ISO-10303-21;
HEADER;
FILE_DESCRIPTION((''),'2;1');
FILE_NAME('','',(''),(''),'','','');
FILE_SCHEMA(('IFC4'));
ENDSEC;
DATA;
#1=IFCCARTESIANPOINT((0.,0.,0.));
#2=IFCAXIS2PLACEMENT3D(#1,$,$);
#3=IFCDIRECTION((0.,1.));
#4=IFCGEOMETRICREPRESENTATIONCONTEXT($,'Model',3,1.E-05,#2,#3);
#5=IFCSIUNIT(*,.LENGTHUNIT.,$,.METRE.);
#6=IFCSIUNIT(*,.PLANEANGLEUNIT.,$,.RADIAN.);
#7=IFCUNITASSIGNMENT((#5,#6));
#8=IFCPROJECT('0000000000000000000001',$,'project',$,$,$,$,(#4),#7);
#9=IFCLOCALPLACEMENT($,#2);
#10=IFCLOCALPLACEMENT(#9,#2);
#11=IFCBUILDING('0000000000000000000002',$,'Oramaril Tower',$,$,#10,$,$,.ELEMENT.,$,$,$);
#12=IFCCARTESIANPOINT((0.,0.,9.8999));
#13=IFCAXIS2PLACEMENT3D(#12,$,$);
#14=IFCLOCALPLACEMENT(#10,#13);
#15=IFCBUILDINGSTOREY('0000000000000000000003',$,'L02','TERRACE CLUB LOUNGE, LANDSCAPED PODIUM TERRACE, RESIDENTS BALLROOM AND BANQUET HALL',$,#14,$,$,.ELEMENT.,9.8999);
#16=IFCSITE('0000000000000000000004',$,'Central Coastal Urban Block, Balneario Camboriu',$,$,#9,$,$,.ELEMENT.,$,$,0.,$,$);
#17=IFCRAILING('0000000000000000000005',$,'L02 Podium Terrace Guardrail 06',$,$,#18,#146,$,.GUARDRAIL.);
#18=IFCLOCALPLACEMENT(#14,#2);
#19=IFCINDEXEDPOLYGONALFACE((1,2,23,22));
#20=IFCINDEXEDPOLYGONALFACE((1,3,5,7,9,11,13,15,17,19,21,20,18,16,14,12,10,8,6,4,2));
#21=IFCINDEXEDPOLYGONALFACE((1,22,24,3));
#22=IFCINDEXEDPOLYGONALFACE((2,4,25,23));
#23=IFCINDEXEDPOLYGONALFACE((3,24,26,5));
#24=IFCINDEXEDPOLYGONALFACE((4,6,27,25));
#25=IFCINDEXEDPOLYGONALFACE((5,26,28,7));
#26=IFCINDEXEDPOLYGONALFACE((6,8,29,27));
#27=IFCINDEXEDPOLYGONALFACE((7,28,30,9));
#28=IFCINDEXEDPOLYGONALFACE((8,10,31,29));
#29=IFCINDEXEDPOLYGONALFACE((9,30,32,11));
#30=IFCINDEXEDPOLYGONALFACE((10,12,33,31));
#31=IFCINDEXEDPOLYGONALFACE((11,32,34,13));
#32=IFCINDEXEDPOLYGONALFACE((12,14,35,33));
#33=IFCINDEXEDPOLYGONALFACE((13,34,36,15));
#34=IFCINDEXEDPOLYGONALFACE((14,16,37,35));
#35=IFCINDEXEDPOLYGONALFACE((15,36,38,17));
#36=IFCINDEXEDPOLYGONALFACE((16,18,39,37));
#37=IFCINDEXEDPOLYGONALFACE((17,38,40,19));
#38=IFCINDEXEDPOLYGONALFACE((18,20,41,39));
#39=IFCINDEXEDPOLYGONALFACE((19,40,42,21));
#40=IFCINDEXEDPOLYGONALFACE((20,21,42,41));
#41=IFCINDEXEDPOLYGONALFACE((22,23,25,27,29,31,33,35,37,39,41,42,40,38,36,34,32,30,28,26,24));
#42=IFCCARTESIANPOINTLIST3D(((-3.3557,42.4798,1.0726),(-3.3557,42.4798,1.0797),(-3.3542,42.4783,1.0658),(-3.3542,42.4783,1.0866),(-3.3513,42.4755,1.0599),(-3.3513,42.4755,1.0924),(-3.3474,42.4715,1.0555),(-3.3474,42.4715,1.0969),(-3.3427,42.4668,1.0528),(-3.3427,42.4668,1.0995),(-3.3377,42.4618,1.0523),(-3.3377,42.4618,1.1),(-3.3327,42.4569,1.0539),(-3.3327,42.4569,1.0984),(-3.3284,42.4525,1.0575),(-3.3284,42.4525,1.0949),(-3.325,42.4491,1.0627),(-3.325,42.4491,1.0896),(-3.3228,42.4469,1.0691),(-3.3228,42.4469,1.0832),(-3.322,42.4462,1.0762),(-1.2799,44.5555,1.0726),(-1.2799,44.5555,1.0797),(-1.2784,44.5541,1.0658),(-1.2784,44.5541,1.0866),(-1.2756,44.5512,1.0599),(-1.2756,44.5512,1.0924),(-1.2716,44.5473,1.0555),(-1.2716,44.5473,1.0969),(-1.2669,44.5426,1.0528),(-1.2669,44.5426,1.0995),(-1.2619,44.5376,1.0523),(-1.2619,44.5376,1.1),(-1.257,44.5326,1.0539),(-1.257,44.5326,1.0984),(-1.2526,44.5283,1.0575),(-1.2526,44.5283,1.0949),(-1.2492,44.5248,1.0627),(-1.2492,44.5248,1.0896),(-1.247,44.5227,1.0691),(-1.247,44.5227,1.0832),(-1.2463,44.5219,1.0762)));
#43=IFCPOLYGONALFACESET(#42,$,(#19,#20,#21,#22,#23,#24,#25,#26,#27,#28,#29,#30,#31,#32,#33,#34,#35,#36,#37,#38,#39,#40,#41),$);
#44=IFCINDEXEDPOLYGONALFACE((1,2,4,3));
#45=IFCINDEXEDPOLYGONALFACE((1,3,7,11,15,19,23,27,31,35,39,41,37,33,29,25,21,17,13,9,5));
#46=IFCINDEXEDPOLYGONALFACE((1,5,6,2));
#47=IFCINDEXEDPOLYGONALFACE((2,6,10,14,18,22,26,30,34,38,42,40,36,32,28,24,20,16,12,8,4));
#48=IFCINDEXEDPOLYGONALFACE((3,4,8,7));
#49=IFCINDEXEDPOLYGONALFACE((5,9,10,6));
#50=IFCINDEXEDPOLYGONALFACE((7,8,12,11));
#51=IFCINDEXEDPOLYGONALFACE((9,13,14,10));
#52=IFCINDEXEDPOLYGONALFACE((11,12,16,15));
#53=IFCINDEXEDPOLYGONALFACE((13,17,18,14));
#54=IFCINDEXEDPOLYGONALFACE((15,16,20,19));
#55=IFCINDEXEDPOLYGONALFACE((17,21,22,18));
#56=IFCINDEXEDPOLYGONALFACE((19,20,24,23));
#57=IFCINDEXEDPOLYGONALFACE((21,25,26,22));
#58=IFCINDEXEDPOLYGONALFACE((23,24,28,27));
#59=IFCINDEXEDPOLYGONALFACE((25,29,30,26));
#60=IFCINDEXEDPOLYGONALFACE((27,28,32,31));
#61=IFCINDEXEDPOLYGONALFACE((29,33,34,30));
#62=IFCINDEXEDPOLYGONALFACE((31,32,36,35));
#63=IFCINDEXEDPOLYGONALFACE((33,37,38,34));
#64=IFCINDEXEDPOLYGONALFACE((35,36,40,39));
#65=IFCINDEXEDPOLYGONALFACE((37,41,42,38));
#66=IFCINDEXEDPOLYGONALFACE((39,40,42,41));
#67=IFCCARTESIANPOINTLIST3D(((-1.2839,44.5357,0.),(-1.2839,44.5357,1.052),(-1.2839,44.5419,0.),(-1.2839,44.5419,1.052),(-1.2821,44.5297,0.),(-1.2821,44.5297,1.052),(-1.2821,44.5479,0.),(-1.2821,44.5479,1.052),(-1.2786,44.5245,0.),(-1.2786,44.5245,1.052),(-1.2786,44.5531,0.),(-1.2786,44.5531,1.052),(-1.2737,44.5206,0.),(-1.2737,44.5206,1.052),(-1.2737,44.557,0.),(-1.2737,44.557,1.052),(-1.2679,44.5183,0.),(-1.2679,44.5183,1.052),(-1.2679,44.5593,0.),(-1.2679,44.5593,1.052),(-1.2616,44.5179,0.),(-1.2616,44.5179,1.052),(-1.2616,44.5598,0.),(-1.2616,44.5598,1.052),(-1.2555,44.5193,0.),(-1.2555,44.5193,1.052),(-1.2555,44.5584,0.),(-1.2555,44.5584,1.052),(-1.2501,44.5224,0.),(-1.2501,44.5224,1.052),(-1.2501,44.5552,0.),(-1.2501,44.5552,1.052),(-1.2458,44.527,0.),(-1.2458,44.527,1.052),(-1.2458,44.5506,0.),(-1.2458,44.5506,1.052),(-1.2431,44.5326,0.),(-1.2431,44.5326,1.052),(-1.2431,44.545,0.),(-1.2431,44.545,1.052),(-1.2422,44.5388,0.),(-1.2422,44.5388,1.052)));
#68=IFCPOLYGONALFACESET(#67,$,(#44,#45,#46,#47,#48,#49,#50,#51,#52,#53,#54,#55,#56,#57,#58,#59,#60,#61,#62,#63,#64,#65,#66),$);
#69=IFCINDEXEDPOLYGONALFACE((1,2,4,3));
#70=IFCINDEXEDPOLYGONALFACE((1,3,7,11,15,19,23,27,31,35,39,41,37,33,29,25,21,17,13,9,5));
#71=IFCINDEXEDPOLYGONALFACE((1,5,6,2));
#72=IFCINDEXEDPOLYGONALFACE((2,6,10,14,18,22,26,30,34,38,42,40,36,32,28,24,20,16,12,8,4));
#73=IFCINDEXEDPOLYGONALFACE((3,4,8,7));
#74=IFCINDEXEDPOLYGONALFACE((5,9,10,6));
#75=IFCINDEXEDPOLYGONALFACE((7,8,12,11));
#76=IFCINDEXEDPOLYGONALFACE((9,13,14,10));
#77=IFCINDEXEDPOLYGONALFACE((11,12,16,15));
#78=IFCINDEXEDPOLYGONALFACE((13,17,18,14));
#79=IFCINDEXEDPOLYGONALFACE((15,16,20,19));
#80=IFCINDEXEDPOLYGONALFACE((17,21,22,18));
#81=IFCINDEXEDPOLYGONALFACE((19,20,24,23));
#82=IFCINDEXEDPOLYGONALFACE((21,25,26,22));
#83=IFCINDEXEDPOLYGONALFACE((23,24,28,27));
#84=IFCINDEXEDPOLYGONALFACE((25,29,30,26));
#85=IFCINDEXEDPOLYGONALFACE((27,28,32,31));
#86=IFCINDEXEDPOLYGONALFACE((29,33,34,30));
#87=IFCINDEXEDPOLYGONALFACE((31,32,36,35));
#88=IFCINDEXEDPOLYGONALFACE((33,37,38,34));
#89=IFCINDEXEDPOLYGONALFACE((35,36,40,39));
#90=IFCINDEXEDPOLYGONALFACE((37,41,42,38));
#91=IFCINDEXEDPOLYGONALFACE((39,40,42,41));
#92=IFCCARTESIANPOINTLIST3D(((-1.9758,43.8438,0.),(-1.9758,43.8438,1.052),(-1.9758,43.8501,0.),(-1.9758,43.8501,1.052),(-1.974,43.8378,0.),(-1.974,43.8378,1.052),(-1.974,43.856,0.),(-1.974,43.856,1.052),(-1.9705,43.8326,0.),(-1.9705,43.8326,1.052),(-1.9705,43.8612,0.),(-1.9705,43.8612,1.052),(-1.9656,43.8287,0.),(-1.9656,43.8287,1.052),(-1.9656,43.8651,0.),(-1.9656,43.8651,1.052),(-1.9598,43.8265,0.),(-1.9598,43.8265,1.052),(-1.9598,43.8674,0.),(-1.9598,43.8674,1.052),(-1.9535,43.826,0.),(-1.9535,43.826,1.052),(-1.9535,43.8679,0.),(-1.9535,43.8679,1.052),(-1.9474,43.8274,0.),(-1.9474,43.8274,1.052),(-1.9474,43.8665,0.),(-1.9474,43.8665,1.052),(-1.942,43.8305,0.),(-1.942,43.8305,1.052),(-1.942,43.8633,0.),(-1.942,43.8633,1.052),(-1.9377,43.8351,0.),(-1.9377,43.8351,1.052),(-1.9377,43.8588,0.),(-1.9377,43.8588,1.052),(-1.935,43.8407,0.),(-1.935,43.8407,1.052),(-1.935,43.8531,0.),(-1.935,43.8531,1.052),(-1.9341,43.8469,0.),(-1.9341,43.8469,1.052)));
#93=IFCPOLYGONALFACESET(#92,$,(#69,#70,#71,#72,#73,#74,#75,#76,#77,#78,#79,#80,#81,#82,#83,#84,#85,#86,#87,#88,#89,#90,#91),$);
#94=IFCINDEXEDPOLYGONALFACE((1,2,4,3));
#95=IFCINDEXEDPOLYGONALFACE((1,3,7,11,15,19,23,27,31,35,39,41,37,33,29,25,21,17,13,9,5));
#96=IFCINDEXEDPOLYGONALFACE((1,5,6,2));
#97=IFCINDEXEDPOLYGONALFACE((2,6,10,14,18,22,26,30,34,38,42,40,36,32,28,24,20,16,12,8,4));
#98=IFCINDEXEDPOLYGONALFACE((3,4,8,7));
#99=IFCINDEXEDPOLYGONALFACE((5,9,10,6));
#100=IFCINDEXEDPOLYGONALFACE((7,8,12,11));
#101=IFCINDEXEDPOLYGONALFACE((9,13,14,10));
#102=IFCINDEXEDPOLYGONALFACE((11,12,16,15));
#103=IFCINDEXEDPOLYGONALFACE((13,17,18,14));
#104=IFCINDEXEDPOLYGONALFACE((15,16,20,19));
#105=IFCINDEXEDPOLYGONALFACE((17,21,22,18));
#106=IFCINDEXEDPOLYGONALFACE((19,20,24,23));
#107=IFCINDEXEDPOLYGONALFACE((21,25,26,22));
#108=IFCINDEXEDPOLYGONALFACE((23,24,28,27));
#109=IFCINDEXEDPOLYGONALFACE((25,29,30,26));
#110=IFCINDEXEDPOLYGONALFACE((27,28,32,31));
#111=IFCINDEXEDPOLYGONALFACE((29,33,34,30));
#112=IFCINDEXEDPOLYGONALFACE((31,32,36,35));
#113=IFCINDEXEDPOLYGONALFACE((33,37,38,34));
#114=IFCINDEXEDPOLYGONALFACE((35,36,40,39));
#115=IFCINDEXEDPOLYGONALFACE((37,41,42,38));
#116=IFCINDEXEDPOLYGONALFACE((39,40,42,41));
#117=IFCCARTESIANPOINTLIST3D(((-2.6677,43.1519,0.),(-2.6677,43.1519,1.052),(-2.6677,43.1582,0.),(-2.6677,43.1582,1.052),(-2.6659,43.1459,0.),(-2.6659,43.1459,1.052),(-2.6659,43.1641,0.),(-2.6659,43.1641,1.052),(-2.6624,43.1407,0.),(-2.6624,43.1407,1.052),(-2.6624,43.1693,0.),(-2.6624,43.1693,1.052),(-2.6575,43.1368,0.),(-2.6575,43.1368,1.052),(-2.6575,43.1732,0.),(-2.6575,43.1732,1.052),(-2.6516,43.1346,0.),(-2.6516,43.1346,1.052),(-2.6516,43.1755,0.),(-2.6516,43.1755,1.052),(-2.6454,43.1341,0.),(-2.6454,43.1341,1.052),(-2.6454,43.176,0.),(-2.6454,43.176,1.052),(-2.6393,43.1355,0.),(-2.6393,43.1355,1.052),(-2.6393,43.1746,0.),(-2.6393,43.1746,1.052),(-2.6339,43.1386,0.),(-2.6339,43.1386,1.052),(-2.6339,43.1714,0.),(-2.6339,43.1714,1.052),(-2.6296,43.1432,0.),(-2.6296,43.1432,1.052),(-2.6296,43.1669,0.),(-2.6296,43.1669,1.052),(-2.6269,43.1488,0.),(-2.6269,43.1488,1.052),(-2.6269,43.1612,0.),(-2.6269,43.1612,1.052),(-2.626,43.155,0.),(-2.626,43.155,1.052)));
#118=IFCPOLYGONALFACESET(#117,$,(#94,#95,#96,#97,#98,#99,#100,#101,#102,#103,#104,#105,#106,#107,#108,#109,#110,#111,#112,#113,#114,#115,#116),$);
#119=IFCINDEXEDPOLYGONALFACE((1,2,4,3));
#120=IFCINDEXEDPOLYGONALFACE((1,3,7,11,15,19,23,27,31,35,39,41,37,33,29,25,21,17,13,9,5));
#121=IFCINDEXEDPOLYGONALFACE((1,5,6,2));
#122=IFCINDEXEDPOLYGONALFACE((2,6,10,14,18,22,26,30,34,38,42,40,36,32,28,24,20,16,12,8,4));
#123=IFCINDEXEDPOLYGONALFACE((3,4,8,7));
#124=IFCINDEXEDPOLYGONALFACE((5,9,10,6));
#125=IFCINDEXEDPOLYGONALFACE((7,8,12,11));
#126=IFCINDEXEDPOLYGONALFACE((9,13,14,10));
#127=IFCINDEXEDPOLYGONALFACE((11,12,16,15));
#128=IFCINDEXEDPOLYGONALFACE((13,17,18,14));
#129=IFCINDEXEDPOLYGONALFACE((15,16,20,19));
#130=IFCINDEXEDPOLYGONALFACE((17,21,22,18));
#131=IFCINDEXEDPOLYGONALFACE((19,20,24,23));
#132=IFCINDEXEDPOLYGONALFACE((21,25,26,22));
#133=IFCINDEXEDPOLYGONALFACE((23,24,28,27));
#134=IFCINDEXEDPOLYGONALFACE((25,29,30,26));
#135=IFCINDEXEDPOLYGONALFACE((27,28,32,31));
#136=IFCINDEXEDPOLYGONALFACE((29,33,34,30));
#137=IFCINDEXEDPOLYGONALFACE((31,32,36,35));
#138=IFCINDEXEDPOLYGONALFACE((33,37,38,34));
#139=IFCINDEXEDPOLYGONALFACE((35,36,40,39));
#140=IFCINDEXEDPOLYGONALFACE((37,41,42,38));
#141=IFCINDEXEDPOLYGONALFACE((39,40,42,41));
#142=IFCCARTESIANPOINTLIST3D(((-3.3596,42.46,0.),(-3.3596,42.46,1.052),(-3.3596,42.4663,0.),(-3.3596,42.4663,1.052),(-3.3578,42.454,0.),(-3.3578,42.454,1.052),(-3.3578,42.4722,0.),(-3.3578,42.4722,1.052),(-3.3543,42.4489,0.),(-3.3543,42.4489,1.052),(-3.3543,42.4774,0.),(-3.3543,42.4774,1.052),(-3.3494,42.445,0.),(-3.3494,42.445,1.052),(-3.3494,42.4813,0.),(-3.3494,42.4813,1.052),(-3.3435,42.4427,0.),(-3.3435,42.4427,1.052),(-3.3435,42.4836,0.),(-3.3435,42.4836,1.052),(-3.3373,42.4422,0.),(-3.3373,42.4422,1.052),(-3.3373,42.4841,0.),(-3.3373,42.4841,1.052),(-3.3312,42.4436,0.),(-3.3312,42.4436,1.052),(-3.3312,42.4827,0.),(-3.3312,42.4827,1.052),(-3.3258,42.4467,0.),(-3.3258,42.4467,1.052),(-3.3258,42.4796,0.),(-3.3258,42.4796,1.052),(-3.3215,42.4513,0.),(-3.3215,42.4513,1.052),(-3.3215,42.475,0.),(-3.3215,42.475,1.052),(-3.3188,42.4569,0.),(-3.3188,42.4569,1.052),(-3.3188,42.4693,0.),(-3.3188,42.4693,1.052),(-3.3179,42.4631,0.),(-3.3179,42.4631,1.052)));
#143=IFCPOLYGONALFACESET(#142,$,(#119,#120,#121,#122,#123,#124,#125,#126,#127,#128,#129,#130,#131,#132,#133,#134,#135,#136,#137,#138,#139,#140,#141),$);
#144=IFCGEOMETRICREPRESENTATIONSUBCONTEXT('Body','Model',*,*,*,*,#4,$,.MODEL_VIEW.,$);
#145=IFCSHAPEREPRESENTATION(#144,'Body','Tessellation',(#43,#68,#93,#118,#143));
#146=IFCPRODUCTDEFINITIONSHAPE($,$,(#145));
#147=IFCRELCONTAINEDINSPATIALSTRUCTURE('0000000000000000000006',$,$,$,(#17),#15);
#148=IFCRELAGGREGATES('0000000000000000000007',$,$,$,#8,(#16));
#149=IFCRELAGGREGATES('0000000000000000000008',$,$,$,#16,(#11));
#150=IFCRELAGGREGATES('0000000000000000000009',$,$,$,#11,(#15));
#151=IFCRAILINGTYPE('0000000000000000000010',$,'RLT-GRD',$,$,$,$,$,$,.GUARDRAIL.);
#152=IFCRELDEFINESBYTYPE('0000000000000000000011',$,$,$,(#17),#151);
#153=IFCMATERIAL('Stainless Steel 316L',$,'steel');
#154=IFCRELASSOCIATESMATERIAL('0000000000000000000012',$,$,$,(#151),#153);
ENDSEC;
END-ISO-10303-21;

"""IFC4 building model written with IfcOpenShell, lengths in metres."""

from ifc_helpers import new_model, si_unit, direction, frame, origin, origin_2d, place, context, subcontext, project, spatial, circle, extrude, material, type_object, element, save


model = new_model("IFC4")

# Units and contexts
model_context = context("Model", 3, precision=1e-05, world=origin(), true_north=direction((0.0, 1.0)))
body_context = subcontext(model_context, "Body", "Model", "MODEL_VIEW")
ifc_project = project(units=[si_unit("LENGTHUNIT", "METRE"), si_unit("PLANEANGLEUNIT", "RADIAN")], contexts=[model_context])

# Site, building, storey
site_placement = place(None, origin())
site = spatial("IfcSite", under=ifc_project, at=site_placement, Name="Central Coastal Urban Block, Balneario Camboriu", CompositionType="ELEMENT", RefElevation=0.0)
building_placement = place(site_placement, origin())
building = spatial("IfcBuilding", under=site, at=building_placement, Name="Oramaril Tower", CompositionType="ELEMENT")
storey_placement = place(building_placement, frame((0.0, 0.0, 9.8999)))
storey = spatial("IfcBuildingStorey", under=building, at=storey_placement, Name="L02", Description="TERRACE CLUB LOUNGE, LANDSCAPED PODIUM TERRACE, RESIDENTS BALLROOM AND BANQUET HALL", CompositionType="ELEMENT", Elevation=9.8999)

# Railing
ifc_material_1 = material(Name="Stainless Steel 316L", Category="steel")
railing_type = type_object("IfcRailingType", Name="RLT-GRD", PredefinedType="GUARDRAIL", material=ifc_material_1)
railing_1_placement = place(storey_placement, frame((-1.2632, 44.5388, 0.0)))
element("IfcRailing", 1, at=railing_1_placement, inside=storey, type_object=railing_type, Name="L02 Podium Terrace Guardrail 06", PredefinedType="GUARDRAIL", context=body_context, shape_type="SweptSolid", body=[
    extrude(circle(Radius=0.0239, at=origin_2d()), frame((0.0, 0.0, 1.0762), z_axis=(-0.707107, -0.707107, 0.0), x_axis=(0.707107, -0.707107, 0.0)), (0.0, 0.0, 1.0), 2.9355),
    extrude(circle(Radius=0.021, at=origin_2d()), origin(), (0.0, 0.0, 1.0), 1.052),
    extrude(circle(Radius=0.021, at=origin_2d()), frame((-0.6919, -0.6919, 0.0)), (0.0, 0.0, 1.0), 1.052),
    extrude(circle(Radius=0.021, at=origin_2d()), frame((-1.3838, -1.3838, 0.0)), (0.0, 0.0, 1.0), 1.052),
    extrude(circle(Radius=0.021, at=origin_2d()), frame((-2.0757, -2.0757, 0.0)), (0.0, 0.0, 1.0), 1.052),
])

save(model, "model.ifc")
